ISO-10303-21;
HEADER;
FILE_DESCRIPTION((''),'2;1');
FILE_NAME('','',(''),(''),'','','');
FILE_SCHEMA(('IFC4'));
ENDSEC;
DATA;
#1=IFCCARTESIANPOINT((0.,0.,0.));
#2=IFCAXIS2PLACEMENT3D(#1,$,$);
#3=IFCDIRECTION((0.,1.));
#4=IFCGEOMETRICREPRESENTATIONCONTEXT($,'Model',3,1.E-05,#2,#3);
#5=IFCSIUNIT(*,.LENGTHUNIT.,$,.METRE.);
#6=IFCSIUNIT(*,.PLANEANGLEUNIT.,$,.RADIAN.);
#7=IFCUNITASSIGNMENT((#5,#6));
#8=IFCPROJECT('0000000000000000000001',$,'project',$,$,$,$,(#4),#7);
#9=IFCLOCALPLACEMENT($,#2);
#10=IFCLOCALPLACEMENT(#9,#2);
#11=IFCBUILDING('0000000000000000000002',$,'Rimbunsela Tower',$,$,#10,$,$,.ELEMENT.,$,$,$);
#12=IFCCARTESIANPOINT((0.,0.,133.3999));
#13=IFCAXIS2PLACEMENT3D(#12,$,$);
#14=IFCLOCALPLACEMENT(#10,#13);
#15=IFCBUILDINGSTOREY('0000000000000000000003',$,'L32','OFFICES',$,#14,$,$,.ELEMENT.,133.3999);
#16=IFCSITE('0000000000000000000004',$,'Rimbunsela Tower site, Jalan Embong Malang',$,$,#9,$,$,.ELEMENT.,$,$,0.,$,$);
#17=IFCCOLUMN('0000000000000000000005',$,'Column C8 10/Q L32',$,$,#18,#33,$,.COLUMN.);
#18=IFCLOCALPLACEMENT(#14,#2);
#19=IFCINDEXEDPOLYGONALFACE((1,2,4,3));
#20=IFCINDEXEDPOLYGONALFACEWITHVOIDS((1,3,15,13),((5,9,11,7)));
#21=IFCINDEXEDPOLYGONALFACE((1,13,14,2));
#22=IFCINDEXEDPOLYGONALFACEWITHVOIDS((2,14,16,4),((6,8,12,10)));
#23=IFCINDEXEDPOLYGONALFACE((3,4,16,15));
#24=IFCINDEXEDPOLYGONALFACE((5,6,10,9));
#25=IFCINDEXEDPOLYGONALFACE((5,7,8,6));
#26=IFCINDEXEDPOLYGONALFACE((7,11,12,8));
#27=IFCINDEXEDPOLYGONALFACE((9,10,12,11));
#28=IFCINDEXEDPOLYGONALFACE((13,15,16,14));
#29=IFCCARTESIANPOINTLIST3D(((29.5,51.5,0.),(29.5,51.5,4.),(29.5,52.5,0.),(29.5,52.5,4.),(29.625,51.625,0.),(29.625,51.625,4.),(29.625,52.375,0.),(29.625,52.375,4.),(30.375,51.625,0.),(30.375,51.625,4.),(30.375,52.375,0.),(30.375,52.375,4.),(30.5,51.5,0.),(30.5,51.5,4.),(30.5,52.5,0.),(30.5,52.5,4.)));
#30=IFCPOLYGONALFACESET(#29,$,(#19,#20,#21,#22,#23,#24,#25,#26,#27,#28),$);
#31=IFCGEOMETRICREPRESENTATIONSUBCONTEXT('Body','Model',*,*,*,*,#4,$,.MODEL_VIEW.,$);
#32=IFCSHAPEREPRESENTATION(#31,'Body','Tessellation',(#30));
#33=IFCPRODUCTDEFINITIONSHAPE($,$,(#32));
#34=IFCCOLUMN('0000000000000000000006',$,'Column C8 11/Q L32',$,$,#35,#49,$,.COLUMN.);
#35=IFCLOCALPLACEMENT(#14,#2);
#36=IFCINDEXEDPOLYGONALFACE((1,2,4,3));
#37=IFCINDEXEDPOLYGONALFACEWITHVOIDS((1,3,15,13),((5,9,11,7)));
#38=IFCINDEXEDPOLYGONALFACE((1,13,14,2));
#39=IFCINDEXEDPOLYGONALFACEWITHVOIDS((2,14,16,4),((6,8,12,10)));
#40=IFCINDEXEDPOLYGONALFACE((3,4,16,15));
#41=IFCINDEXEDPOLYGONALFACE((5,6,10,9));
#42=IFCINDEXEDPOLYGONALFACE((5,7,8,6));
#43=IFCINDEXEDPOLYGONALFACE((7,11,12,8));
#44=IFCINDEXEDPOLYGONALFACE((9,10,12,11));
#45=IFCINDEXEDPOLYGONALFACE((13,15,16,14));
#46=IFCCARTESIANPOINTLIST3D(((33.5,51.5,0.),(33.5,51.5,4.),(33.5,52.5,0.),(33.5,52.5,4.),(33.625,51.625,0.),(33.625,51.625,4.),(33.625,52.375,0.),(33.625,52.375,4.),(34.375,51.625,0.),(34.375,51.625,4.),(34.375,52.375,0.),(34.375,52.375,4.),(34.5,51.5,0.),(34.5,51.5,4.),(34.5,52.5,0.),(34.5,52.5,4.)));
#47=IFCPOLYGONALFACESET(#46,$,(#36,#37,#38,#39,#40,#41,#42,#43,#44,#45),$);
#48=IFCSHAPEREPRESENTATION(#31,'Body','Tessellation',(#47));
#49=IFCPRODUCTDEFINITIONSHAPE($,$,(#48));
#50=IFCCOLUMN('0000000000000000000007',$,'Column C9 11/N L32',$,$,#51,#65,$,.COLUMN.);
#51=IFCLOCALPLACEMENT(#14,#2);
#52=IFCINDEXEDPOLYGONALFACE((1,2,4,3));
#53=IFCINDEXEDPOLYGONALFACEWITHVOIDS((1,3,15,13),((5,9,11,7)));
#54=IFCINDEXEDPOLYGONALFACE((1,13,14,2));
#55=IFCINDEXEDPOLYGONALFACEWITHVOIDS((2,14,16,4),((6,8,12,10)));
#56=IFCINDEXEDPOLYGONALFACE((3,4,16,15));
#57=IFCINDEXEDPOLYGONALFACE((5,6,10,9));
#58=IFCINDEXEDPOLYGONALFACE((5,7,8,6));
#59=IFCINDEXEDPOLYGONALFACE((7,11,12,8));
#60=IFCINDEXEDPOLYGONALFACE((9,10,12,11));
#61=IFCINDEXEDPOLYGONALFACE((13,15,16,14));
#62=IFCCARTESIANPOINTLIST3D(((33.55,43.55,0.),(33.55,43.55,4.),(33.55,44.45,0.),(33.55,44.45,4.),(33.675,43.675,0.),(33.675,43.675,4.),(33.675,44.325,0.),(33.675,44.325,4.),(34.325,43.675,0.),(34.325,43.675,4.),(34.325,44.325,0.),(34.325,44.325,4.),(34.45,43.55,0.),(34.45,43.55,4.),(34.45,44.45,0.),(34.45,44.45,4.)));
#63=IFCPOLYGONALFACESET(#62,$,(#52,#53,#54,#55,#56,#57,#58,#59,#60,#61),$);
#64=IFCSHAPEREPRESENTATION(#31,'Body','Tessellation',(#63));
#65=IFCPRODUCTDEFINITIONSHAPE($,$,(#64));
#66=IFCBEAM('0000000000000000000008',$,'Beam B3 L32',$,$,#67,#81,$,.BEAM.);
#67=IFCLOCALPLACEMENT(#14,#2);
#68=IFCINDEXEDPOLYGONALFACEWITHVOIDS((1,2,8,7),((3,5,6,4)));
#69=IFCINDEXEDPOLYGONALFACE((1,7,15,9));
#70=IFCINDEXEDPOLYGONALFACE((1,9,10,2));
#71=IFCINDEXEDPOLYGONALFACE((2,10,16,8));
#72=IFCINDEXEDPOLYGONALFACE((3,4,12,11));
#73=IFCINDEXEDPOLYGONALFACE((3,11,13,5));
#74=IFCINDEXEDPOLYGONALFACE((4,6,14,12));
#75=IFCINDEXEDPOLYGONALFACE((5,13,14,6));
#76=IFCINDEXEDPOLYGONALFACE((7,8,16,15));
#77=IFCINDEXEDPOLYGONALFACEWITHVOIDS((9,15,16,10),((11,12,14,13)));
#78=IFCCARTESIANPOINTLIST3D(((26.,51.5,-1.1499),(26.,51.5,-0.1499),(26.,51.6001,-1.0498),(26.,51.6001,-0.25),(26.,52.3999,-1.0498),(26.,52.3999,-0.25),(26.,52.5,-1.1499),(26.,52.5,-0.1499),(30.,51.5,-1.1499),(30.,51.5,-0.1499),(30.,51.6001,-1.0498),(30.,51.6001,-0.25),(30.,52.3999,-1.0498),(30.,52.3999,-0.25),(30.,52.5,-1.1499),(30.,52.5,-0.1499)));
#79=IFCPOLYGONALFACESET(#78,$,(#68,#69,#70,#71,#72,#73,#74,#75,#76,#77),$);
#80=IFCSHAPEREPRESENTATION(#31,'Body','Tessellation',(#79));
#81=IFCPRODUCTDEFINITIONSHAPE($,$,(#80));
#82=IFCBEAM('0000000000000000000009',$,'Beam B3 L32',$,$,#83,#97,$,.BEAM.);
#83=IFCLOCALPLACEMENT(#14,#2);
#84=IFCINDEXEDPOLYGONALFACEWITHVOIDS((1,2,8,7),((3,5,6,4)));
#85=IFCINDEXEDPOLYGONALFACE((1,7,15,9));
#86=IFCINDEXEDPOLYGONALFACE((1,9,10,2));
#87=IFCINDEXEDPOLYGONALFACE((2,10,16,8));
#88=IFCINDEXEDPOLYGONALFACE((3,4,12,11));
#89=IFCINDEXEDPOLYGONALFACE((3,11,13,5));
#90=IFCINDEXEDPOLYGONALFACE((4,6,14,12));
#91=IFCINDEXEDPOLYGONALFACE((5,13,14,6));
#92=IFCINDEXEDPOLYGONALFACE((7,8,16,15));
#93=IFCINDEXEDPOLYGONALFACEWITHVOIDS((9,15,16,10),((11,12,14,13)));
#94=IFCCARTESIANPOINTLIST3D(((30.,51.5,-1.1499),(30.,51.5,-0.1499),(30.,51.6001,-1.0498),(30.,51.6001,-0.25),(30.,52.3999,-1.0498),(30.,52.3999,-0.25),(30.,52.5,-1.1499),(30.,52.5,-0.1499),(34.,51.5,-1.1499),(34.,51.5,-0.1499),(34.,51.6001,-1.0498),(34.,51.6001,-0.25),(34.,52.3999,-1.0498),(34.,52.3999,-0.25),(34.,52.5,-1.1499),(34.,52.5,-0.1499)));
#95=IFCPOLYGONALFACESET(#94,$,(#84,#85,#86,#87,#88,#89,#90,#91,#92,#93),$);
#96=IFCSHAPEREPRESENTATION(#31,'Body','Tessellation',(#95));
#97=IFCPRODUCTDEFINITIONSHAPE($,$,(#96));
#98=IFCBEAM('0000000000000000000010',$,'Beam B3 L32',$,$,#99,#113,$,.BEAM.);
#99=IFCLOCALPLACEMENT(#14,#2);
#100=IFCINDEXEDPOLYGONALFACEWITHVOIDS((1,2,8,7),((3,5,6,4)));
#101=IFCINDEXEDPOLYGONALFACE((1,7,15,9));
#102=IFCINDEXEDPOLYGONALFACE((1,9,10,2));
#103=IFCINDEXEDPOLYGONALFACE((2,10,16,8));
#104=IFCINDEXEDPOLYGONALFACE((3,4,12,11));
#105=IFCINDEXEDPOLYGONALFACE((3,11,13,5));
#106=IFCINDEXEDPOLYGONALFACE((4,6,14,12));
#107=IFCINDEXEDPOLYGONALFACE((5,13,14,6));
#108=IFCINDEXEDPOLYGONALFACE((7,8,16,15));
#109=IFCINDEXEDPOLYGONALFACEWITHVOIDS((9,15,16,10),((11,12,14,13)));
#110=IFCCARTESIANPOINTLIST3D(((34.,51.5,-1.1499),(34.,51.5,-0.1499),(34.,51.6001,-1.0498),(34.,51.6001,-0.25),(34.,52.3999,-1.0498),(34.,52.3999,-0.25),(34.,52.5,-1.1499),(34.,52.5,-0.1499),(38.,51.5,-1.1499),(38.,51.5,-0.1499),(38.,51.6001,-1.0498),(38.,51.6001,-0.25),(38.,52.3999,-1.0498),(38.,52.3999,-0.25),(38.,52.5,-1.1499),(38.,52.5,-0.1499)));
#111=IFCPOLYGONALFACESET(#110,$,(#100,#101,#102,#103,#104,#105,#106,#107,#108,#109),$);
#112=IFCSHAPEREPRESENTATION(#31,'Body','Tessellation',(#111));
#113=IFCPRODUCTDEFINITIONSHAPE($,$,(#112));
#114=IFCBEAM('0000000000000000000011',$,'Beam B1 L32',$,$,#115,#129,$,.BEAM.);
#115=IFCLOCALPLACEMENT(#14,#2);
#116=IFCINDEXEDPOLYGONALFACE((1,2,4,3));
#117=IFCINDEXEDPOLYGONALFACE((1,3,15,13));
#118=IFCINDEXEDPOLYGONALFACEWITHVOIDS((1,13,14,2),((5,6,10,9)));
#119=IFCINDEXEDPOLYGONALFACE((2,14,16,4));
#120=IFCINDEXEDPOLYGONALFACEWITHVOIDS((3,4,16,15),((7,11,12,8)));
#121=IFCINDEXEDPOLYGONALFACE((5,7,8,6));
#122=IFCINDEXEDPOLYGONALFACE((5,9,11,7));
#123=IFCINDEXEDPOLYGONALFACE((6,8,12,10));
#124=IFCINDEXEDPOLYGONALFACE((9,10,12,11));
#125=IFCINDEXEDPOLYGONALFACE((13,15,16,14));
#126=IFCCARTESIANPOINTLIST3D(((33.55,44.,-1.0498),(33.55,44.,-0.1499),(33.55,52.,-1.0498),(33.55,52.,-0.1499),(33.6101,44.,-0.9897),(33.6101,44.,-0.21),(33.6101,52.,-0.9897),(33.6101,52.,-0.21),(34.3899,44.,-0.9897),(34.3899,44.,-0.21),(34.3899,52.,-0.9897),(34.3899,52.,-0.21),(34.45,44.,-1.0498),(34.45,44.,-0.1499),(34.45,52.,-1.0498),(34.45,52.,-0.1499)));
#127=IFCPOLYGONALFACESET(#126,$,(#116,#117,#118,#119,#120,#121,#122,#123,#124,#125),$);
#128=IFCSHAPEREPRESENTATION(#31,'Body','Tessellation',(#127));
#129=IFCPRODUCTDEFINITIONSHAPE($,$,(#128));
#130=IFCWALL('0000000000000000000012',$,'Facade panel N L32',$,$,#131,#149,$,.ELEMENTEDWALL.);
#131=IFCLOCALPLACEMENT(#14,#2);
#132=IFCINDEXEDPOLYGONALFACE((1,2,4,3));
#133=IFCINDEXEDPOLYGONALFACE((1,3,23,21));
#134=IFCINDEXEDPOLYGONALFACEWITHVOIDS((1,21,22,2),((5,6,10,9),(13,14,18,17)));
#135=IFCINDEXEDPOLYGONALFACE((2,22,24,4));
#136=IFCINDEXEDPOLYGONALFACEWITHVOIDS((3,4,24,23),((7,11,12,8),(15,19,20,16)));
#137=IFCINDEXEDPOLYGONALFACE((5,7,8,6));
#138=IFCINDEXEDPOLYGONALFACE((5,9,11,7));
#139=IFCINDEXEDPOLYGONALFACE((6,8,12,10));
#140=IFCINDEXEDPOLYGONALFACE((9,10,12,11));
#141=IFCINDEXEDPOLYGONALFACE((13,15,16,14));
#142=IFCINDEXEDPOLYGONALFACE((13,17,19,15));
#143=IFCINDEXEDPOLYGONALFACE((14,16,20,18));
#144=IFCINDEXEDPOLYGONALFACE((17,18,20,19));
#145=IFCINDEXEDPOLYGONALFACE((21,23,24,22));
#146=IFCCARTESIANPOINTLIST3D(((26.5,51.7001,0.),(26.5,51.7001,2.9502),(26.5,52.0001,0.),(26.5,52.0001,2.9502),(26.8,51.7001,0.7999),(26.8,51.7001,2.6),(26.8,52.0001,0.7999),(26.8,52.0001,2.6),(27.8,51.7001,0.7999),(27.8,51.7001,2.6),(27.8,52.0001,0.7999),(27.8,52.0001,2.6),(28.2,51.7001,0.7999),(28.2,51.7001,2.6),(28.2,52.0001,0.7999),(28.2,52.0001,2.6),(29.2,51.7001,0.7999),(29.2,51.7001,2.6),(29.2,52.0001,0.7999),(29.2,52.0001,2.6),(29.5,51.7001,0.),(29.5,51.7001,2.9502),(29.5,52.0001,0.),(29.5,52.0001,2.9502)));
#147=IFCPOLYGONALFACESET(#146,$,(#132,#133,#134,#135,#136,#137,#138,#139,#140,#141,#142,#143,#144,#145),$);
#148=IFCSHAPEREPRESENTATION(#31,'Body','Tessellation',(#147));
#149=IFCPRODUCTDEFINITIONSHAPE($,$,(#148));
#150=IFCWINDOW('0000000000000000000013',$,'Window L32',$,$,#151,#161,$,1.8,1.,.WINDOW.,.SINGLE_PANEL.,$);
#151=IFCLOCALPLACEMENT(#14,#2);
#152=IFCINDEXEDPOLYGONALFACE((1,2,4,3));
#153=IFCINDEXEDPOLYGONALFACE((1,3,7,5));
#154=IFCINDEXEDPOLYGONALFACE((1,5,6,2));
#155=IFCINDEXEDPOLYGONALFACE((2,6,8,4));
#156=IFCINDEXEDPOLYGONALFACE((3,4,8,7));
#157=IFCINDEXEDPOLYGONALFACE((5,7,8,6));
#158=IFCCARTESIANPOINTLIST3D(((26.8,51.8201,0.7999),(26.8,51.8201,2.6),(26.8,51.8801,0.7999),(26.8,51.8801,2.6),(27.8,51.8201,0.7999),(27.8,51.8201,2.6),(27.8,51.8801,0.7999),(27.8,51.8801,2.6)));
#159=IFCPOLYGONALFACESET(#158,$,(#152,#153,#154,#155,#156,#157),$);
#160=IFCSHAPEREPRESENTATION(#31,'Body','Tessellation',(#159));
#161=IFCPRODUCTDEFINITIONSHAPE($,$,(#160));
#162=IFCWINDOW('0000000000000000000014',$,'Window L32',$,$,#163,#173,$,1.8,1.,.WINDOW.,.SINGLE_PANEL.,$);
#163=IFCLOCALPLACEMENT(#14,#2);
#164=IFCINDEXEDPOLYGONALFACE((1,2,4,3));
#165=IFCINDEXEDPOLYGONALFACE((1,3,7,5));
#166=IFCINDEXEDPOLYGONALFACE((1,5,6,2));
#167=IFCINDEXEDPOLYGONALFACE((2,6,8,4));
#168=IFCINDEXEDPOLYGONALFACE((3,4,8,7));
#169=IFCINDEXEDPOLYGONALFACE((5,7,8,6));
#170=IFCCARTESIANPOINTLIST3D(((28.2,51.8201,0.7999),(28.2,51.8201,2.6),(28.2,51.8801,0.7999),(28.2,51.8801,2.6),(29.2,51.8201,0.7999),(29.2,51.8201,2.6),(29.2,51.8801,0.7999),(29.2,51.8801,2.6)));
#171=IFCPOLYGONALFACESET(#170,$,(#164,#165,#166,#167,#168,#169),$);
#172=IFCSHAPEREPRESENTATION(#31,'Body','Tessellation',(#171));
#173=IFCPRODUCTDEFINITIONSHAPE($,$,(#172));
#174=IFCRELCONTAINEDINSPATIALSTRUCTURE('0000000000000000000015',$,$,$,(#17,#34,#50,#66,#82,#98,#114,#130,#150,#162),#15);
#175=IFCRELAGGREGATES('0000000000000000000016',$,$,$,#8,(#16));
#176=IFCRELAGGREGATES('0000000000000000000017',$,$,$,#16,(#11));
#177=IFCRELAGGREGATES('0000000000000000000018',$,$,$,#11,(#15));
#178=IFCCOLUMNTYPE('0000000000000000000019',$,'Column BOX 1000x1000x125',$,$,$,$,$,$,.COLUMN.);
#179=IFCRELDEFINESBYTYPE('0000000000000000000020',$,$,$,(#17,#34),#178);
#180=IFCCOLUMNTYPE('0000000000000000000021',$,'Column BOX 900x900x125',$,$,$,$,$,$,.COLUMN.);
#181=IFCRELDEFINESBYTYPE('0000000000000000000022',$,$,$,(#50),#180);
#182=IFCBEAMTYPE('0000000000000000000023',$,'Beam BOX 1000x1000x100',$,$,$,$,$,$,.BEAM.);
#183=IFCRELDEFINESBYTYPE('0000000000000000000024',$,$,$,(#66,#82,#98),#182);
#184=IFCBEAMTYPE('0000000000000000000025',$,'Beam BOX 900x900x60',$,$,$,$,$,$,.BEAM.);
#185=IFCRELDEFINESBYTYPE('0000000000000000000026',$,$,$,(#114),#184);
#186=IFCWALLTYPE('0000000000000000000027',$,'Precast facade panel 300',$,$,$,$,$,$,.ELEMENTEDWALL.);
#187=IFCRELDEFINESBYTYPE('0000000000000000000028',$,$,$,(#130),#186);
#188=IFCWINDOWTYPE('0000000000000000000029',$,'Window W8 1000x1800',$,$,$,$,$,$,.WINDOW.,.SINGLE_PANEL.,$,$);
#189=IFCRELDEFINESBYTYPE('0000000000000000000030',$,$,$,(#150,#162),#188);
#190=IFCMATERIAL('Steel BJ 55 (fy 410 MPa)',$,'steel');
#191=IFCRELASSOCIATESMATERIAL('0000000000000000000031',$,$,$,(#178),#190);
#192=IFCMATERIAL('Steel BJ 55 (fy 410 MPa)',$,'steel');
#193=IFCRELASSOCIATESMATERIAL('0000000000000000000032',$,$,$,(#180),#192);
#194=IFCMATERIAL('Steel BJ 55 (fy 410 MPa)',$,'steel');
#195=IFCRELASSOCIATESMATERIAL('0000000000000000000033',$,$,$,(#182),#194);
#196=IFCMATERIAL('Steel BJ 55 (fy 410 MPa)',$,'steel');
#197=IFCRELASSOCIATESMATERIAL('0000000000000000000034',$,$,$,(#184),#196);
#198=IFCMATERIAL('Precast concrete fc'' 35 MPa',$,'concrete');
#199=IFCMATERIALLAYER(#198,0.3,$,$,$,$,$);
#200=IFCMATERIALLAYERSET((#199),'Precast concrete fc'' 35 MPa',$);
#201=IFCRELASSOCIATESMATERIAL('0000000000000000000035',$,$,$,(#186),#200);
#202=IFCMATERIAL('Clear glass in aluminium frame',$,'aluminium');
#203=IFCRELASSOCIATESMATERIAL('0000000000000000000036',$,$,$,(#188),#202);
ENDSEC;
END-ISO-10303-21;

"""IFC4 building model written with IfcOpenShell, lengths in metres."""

from ifc_helpers import new_model, si_unit, direction, frame, frame_2d, origin, origin_2d, place, context, subcontext, project, spatial, rectangle, hollow_rectangle, extrude, material, layer, layer_set, material_profile, profile_set, type_object, element, fill, save


model = new_model("IFC4")

# Units and contexts
model_context = context("Model", 3, precision=1e-05, world=origin(), true_north=direction((0.0, 1.0)))
body_context = subcontext(model_context, "Body", "Model", "MODEL_VIEW")
ifc_project = project(units=[si_unit("LENGTHUNIT", "METRE"), si_unit("PLANEANGLEUNIT", "RADIAN")], contexts=[model_context])

# Site, building, storey
site_placement = place(None, origin())
site = spatial("IfcSite", under=ifc_project, at=site_placement, Name="Rimbunsela Tower site, Jalan Embong Malang", CompositionType="ELEMENT", RefElevation=0.0)
building_placement = place(site_placement, origin())
building = spatial("IfcBuilding", under=site, at=building_placement, Name="Rimbunsela Tower", CompositionType="ELEMENT")
storey_placement = place(building_placement, frame((0.0, 0.0, 133.3999)))
storey = spatial("IfcBuildingStorey", under=building, at=storey_placement, Name="L32", Description="OFFICES", CompositionType="ELEMENT", Elevation=133.3999)

# Columns
ifc_material_1 = material(Name="Steel BJ 55 (fy 410 MPa)", Category="steel")
ifc_material_profile_1 = material_profile(ifc_material_1, hollow_rectangle(XDim=1.0, YDim=1.0, WallThickness=0.125, at=origin_2d()), Name="BOX 1000x1000x125")
ifc_profile_set_1 = profile_set([ifc_material_profile_1], Name="Steel BJ 55 (fy 410 MPa)")
column_type_1 = type_object("IfcColumnType", Name="Column BOX 1000x1000x125", PredefinedType="COLUMN", material=ifc_profile_set_1)
for number, where, z_axis, x_axis, name in (
    (1, (30.0, 52.0, 0.0), (0.0, 0.0, 1.0), (1.0, 0.0, 0.0), "Column C8 10/Q L32"),
    (2, (34.0, 52.0, 0.0), (0.0, 0.0, 1.0), (1.0, 0.0, 0.0), "Column C8 11/Q L32"),
):
    element("IfcColumn", number, at=place(storey_placement, frame(where, z_axis=z_axis, x_axis=x_axis)), inside=storey, type_object=column_type_1, Name=name, PredefinedType="COLUMN", context=body_context, shape_type="SweptSolid", body=[
        extrude(hollow_rectangle(XDim=1.0, YDim=1.0, WallThickness=0.125, at=origin_2d()), origin(), (0.0, 0.0, 1.0), 4.0),
    ])
ifc_material_2 = material(Name="Steel BJ 55 (fy 410 MPa)", Category="steel")
ifc_material_profile_2 = material_profile(ifc_material_2, hollow_rectangle(XDim=0.8999, YDim=0.8999, WallThickness=0.125, at=origin_2d()), Name="BOX 900x900x125")
ifc_profile_set_2 = profile_set([ifc_material_profile_2], Name="Steel BJ 55 (fy 410 MPa)")
column_type_2 = type_object("IfcColumnType", Name="Column BOX 900x900x125", PredefinedType="COLUMN", material=ifc_profile_set_2)
column_placement = place(storey_placement, frame((34.0, 44.0, 0.0), z_axis=(0.0, 0.0, 1.0), x_axis=(1.0, 0.0, 0.0)))
element("IfcColumn", 3, at=column_placement, inside=storey, type_object=column_type_2, Name="Column C9 11/N L32", PredefinedType="COLUMN", context=body_context, shape_type="SweptSolid", body=[
    extrude(hollow_rectangle(XDim=0.8999, YDim=0.8999, WallThickness=0.125, at=origin_2d()), origin(), (0.0, 0.0, 1.0), 4.0),
])

# Beams
ifc_material_3 = material(Name="Steel BJ 55 (fy 410 MPa)", Category="steel")
ifc_material_profile_3 = material_profile(ifc_material_3, hollow_rectangle(XDim=1.0, YDim=1.0, WallThickness=0.1001, at=origin_2d()), Name="BOX 1000x1000x100")
ifc_profile_set_3 = profile_set([ifc_material_profile_3], Name="Steel BJ 55 (fy 410 MPa)")
beam_type_1 = type_object("IfcBeamType", Name="Beam BOX 1000x1000x100", PredefinedType="BEAM", material=ifc_profile_set_3)
for number, where, z_axis, x_axis, name in (
    (4, (26.0, 52.0, -0.6499), (1.0, 0.0, 0.0), (0.0, 1.0, 0.0), "Beam B3 L32"),
    (5, (30.0, 52.0, -0.6499), (1.0, 0.0, 0.0), (0.0, 1.0, 0.0), "Beam B3 L32"),
    (6, (34.0, 52.0, -0.6499), (1.0, 0.0, 0.0), (0.0, 1.0, 0.0), "Beam B3 L32"),
):
    element("IfcBeam", number, at=place(storey_placement, frame(where, z_axis=z_axis, x_axis=x_axis)), inside=storey, type_object=beam_type_1, Name=name, PredefinedType="BEAM", context=body_context, shape_type="SweptSolid", body=[
        extrude(hollow_rectangle(XDim=1.0, YDim=1.0, WallThickness=0.1001, at=origin_2d()), origin(), (0.0, 0.0, 1.0), 4.0),
    ])
ifc_material_4 = material(Name="Steel BJ 55 (fy 410 MPa)", Category="steel")
ifc_material_profile_4 = material_profile(ifc_material_4, hollow_rectangle(XDim=0.8999, YDim=0.8999, WallThickness=0.0601, at=origin_2d()), Name="BOX 900x900x60")
ifc_profile_set_4 = profile_set([ifc_material_profile_4], Name="Steel BJ 55 (fy 410 MPa)")
beam_type_2 = type_object("IfcBeamType", Name="Beam BOX 900x900x60", PredefinedType="BEAM", material=ifc_profile_set_4)
beam_placement = place(storey_placement, frame((34.0, 44.0, -0.5999), z_axis=(0.0, 1.0, 0.0), x_axis=(-1.0, 0.0, 0.0)))
element("IfcBeam", 7, at=beam_placement, inside=storey, type_object=beam_type_2, Name="Beam B1 L32", PredefinedType="BEAM", context=body_context, shape_type="SweptSolid", body=[
    extrude(hollow_rectangle(XDim=0.8999, YDim=0.8999, WallThickness=0.0601, at=origin_2d()), origin(), (0.0, 0.0, 1.0), 8.0),
])

# Wall, openings, windows
ifc_material_5 = material(Name="Precast concrete fc' 35 MPa", Category="concrete")
ifc_layer_1 = layer(ifc_material_5, 0.3)
ifc_layer_set_1 = layer_set([ifc_layer_1], Name="Precast concrete fc' 35 MPa")
wall_type = type_object("IfcWallType", Name="Precast facade panel 300", PredefinedType="ELEMENTEDWALL", material=ifc_layer_set_1)
wall_1_placement = place(storey_placement, frame((29.5, 51.8501, 0.0), z_axis=(0.0, 0.0, 1.0), x_axis=(-1.0, 0.0, 0.0)))
wall_1 = element("IfcWall", 8, at=wall_1_placement, inside=storey, type_object=wall_type, Name="Facade panel N L32", PredefinedType="ELEMENTEDWALL", context=body_context, shape_type="SweptSolid", body=[
    extrude(rectangle(XDim=3.0, YDim=0.3, at=frame_2d((1.5, 0.0))), origin(), (0.0, 0.0, 1.0), 2.9502),
])
opening_1_placement = place(wall_1_placement, frame((1.7, 0.0, 0.8)))
opening_1 = element("IfcOpeningElement", 9, at=opening_1_placement, cuts=wall_1, PredefinedType="OPENING", context=body_context, shape_type="SweptSolid", body=[
    extrude(rectangle(XDim=1.0, YDim=1.8, at=frame_2d((0.5, 0.8999))), frame((0.0, 0.1599, 0.0), z_axis=(0.0, -1.0, 0.0), x_axis=(1.0, 0.0, 0.0)), (0.0, 0.0, 1.0), 0.3201),
])
opening_2_placement = place(wall_1_placement, frame((0.3, 0.0, 0.8)))
opening_2 = element("IfcOpeningElement", 10, at=opening_2_placement, cuts=wall_1, PredefinedType="OPENING", context=body_context, shape_type="SweptSolid", body=[
    extrude(rectangle(XDim=1.0, YDim=1.8, at=frame_2d((0.5, 0.8999))), frame((0.0, 0.1599, 0.0), z_axis=(0.0, -1.0, 0.0), x_axis=(1.0, 0.0, 0.0)), (0.0, 0.0, 1.0), 0.3201),
])
ifc_material_6 = material(Name="Clear glass in aluminium frame", Category="aluminium")
window_type_1 = type_object("IfcWindowType", Name="Window W8 1000x1800", PartitioningType="SINGLE_PANEL", PredefinedType="WINDOW", material=ifc_material_6)
window_1_placement = place(opening_1_placement, origin())
window_1 = element("IfcWindow", 11, at=window_1_placement, inside=storey, type_object=window_type_1, Name="Window L32", OverallHeight=1.8, OverallWidth=1.0, PartitioningType="SINGLE_PANEL", PredefinedType="WINDOW", context=body_context, shape_type="SweptSolid", body=[
    extrude(rectangle(XDim=1.0, YDim=1.8, at=frame_2d((0.5, 0.8999))), frame((0.0, 0.03, 0.0), z_axis=(0.0, -1.0, 0.0), x_axis=(1.0, 0.0, 0.0)), (0.0, 0.0, 1.0), 0.0601),
])
fill(opening_1, window_1)
window_2_placement = place(opening_2_placement, origin())
window_2 = element("IfcWindow", 12, at=window_2_placement, inside=storey, type_object=window_type_1, Name="Window L32", OverallHeight=1.8, OverallWidth=1.0, PartitioningType="SINGLE_PANEL", PredefinedType="WINDOW", context=body_context, shape_type="SweptSolid", body=[
    extrude(rectangle(XDim=1.0, YDim=1.8, at=frame_2d((0.5, 0.8999))), frame((0.0, 0.03, 0.0), z_axis=(0.0, -1.0, 0.0), x_axis=(1.0, 0.0, 0.0)), (0.0, 0.0, 1.0), 0.0601),
])
fill(opening_2, window_2)

save(model, "model.ifc")
